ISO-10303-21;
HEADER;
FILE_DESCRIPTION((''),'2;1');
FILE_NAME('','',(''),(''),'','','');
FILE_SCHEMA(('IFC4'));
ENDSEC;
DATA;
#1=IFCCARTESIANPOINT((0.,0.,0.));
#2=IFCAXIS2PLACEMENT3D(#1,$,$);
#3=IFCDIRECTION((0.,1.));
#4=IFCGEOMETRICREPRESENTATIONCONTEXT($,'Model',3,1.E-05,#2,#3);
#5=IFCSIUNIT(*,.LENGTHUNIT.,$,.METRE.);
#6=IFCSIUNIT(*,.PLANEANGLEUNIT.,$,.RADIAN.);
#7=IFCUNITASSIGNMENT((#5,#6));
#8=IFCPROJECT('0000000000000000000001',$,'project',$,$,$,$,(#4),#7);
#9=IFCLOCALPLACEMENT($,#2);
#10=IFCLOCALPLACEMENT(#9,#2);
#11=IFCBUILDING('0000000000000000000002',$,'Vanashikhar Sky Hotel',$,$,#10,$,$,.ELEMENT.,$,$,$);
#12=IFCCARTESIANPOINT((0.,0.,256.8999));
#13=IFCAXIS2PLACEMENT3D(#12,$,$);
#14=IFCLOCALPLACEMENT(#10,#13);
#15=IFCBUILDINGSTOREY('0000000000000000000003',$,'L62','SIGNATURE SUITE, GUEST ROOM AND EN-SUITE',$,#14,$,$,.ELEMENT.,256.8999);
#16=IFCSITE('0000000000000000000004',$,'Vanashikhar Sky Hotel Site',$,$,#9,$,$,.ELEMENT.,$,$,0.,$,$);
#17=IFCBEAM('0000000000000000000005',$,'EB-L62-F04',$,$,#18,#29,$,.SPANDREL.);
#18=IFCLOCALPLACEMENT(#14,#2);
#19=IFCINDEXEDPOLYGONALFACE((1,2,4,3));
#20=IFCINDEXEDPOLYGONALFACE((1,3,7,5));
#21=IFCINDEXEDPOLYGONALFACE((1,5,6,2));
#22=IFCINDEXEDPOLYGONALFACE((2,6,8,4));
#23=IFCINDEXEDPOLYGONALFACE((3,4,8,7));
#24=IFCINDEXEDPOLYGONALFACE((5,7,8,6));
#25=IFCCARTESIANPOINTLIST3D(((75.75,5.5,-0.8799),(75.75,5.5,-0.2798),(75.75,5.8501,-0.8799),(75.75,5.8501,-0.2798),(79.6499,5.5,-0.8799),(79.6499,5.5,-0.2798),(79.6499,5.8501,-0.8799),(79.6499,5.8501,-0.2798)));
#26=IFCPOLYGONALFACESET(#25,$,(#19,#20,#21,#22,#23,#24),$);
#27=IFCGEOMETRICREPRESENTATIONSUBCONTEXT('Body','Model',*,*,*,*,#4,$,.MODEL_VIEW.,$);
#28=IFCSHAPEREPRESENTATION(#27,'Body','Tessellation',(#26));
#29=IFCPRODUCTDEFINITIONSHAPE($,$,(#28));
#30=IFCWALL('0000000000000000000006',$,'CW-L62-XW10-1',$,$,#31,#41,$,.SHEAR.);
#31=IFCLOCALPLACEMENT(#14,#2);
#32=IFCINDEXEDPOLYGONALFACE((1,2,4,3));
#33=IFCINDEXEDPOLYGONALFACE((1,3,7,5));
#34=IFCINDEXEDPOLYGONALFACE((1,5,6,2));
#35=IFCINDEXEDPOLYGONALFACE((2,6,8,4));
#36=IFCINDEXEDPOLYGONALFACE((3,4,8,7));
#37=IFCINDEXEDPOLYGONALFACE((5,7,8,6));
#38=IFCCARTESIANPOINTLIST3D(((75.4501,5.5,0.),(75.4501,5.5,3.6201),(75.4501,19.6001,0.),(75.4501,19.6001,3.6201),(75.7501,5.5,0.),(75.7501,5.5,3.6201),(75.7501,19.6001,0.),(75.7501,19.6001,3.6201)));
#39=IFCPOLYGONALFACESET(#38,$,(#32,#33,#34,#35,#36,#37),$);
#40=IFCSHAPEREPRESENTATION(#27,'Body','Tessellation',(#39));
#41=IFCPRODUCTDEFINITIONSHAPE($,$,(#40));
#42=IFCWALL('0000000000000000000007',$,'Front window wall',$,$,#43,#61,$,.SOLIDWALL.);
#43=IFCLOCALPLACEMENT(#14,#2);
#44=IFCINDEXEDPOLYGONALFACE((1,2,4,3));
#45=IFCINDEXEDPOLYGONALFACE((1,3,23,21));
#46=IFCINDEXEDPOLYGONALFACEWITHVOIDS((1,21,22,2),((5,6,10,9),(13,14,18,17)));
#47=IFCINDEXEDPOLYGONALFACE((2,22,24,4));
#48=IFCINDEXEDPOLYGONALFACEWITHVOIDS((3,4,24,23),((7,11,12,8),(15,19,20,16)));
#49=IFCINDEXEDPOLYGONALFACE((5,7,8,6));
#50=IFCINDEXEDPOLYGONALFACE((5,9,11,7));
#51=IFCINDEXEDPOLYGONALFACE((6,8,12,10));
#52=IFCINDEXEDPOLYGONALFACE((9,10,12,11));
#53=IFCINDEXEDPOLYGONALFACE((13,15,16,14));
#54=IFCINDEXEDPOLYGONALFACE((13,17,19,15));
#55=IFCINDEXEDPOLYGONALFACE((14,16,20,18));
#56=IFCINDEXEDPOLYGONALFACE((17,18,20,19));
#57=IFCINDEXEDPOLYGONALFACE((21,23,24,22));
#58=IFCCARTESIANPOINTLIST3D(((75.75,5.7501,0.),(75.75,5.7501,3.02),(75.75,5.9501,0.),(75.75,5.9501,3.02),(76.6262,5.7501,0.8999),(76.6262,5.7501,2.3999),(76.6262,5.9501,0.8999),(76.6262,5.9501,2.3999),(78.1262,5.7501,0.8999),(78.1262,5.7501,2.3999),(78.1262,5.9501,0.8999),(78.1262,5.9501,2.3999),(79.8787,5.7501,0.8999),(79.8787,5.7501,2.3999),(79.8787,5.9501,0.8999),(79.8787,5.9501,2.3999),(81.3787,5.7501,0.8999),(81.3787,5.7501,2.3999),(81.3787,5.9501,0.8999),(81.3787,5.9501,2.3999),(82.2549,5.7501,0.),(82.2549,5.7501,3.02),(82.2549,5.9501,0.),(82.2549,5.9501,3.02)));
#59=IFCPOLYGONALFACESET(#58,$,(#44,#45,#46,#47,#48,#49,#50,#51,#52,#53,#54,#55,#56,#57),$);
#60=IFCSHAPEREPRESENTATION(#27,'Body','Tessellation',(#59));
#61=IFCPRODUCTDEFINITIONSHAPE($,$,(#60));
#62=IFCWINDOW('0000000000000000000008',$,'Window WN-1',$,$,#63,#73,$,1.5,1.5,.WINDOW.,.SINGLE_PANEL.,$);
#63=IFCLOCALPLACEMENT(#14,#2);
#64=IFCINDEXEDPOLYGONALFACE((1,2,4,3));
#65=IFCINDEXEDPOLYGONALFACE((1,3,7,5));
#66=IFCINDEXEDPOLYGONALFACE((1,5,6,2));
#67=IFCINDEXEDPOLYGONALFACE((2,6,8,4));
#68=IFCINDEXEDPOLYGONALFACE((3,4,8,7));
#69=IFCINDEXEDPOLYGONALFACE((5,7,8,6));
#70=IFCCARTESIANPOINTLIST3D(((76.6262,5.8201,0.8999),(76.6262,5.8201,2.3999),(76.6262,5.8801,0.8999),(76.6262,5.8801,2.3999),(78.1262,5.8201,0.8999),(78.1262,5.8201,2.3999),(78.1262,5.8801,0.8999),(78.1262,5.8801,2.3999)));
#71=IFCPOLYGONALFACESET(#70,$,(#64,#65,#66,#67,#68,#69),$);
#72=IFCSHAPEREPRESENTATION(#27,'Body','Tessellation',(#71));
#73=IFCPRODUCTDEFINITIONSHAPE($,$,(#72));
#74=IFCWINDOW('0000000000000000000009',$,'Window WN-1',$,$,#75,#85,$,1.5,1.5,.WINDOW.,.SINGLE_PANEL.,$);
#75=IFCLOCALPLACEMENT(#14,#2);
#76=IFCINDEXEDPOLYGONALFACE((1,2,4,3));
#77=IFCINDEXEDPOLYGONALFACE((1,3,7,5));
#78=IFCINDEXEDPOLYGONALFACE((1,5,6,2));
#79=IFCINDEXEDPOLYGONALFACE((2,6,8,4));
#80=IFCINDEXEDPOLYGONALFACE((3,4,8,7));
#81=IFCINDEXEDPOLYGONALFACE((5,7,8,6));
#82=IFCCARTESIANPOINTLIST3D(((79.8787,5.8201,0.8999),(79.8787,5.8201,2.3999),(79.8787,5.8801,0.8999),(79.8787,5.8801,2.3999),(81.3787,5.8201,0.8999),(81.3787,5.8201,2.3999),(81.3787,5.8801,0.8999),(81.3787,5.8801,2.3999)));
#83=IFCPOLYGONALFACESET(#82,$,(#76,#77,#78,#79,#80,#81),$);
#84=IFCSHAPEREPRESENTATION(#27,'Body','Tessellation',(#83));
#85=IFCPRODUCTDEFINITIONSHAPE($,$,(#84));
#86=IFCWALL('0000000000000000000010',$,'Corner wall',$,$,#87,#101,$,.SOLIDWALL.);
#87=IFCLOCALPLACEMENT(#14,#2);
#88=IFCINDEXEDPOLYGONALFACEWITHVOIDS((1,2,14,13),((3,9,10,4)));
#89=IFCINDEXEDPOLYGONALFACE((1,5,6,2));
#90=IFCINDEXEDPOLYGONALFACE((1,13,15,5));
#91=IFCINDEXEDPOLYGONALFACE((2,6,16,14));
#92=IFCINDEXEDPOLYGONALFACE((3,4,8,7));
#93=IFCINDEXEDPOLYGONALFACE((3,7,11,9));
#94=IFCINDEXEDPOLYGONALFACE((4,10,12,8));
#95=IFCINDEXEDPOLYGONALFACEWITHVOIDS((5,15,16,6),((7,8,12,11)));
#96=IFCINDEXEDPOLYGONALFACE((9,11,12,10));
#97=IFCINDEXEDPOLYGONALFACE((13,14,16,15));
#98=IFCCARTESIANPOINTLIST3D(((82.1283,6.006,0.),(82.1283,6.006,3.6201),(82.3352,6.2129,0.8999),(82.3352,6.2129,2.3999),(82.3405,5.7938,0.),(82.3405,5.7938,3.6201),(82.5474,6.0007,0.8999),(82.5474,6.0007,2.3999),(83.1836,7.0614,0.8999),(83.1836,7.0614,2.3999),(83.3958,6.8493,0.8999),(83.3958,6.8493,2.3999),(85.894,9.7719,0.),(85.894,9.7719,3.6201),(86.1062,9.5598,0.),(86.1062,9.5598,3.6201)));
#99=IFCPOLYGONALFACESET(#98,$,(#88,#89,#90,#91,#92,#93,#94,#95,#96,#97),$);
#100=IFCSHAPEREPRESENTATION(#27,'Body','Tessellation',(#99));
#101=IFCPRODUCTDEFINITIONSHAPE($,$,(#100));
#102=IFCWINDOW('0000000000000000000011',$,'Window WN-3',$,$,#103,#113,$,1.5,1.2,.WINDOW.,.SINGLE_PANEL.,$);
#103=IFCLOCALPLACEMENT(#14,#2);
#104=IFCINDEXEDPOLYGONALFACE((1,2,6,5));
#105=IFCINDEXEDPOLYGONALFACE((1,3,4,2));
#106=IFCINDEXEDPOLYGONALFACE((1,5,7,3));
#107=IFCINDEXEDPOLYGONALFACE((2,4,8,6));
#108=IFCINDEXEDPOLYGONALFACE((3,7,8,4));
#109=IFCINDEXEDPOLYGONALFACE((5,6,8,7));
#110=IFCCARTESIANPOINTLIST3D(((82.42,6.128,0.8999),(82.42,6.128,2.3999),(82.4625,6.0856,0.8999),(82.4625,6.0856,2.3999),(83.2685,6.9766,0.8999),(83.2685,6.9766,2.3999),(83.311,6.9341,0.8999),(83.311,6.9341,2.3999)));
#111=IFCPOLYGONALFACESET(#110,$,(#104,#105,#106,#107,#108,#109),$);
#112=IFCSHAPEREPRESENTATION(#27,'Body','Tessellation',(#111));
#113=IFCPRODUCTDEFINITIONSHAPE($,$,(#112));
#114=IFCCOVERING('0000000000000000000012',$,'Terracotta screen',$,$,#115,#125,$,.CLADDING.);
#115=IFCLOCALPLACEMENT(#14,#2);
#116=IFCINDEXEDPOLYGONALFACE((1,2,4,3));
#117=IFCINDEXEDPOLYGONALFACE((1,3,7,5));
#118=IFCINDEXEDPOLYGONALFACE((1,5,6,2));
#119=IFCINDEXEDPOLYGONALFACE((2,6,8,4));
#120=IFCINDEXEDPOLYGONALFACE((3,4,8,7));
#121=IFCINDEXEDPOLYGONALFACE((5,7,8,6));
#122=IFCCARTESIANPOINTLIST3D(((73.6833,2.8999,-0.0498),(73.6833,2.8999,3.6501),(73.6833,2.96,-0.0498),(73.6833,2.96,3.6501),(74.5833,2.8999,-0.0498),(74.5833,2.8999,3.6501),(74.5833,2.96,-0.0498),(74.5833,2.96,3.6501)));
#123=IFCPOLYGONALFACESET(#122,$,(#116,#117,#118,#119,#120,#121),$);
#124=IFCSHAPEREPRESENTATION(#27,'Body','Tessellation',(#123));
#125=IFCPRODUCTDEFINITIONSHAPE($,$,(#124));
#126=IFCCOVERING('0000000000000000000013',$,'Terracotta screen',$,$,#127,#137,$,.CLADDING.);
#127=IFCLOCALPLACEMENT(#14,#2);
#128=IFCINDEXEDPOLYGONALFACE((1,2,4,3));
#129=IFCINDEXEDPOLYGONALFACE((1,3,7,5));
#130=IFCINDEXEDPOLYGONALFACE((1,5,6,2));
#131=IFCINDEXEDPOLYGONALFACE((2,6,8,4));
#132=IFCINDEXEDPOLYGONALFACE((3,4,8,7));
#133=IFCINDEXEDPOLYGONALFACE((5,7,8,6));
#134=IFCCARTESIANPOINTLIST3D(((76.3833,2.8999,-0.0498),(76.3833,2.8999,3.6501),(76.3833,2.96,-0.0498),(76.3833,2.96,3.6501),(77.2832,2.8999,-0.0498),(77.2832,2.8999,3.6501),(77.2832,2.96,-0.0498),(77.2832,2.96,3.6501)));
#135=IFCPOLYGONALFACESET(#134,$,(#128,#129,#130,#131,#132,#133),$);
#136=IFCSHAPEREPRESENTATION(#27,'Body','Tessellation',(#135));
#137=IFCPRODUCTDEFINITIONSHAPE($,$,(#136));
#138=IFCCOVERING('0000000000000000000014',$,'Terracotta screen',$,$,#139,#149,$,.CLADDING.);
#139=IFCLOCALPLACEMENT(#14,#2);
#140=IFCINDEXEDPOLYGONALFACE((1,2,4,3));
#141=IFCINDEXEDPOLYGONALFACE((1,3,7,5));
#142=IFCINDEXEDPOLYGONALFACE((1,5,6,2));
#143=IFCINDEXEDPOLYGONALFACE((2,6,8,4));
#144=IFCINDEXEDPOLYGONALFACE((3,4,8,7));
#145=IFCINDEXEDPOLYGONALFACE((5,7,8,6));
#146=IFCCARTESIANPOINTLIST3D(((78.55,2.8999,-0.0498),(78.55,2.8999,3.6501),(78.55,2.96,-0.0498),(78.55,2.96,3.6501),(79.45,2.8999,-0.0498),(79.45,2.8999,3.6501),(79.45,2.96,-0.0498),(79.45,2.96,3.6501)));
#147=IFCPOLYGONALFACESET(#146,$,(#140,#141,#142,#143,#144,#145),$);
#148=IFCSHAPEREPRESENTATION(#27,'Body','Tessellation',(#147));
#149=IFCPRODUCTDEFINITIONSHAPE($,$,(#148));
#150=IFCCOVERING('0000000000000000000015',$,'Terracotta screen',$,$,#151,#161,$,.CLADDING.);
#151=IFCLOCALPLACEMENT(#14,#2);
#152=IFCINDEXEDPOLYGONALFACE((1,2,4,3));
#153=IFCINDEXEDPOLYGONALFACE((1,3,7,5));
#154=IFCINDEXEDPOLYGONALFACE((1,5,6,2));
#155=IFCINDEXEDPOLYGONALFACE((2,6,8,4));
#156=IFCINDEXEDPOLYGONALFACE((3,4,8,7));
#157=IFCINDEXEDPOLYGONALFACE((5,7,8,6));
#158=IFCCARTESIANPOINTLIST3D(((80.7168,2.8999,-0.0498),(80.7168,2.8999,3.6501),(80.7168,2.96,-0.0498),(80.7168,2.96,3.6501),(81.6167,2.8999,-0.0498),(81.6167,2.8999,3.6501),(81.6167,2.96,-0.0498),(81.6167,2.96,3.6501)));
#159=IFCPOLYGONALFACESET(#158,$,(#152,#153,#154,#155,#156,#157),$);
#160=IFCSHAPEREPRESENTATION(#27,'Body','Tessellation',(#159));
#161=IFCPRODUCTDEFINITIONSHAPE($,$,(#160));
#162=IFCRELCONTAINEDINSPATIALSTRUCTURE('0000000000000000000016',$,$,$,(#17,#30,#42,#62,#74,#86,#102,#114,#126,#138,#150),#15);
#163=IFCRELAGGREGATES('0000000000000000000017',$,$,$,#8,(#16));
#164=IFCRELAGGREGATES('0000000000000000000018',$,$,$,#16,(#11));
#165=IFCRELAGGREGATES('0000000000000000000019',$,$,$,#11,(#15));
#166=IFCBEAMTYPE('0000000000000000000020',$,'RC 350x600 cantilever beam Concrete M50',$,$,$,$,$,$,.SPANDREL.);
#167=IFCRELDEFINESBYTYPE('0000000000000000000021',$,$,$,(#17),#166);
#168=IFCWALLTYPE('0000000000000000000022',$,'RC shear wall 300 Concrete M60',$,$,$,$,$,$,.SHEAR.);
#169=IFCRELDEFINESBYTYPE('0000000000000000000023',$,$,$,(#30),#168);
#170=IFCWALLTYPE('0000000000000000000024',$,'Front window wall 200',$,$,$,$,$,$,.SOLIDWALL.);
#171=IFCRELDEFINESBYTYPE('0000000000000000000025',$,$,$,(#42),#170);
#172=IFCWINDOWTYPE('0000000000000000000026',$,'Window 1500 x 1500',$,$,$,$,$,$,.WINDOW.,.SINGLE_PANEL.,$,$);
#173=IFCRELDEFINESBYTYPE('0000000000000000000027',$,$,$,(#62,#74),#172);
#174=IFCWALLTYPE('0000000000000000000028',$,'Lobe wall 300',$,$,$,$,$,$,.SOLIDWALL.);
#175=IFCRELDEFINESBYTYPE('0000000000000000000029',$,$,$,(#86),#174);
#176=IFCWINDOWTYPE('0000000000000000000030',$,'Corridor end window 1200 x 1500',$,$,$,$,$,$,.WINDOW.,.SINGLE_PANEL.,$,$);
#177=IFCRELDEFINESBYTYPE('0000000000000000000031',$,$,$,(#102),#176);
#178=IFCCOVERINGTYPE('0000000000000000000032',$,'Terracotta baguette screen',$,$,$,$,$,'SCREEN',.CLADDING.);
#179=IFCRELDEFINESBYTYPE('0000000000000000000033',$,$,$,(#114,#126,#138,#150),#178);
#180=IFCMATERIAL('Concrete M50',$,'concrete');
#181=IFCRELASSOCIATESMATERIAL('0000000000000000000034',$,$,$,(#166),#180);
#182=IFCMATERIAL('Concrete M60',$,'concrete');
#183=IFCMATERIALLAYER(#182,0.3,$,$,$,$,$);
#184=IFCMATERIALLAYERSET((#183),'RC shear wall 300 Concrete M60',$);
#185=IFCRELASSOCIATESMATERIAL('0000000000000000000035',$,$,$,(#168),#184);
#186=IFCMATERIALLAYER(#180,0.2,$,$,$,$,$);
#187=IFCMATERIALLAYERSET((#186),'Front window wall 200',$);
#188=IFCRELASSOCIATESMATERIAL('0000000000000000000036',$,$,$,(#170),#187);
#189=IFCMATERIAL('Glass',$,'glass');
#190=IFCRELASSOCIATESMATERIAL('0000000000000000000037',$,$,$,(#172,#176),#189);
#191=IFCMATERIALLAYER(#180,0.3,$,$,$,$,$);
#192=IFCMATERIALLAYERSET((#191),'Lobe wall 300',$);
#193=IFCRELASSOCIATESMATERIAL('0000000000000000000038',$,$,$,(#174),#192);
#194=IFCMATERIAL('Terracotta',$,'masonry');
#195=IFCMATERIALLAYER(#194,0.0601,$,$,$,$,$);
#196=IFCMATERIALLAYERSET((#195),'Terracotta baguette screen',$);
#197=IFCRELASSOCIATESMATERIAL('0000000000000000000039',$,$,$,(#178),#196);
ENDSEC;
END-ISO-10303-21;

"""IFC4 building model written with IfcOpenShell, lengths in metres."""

from ifc_helpers import new_model, si_unit, direction, frame, frame_2d, origin, origin_2d, place, context, subcontext, project, spatial, rectangle, extrude, source, transform, mapped, material, layer, layer_set, material_profile, profile_set, type_object, element, fill, save


model = new_model("IFC4")

# Units and contexts
model_context = context("Model", 3, precision=1e-05, world=origin(), true_north=direction((0.0, 1.0)))
body_context = subcontext(model_context, "Body", "Model", "MODEL_VIEW")
ifc_project = project(units=[si_unit("LENGTHUNIT", "METRE"), si_unit("PLANEANGLEUNIT", "RADIAN")], contexts=[model_context])

# Site, building, storey
site_placement = place(None, origin())
site = spatial("IfcSite", under=ifc_project, at=site_placement, Name="Vanashikhar Sky Hotel Site", CompositionType="ELEMENT", RefElevation=0.0)
building_placement = place(site_placement, origin())
building = spatial("IfcBuilding", under=site, at=building_placement, Name="Vanashikhar Sky Hotel", CompositionType="ELEMENT")
storey_placement = place(building_placement, frame((0.0, 0.0, 256.8999)))
storey = spatial("IfcBuildingStorey", under=building, at=storey_placement, Name="L62", Description="SIGNATURE SUITE, GUEST ROOM AND EN-SUITE", CompositionType="ELEMENT", Elevation=256.8999)

# Beam
ifc_material_1 = material(Name="Concrete M50", Category="concrete")
ifc_material_profile = material_profile(ifc_material_1, rectangle(XDim=0.3501, YDim=0.6001, at=origin_2d()))
ifc_profile_set = profile_set([ifc_material_profile], Name="RC 350x600 cantilever beam Concrete M50")
beam_type = type_object("IfcBeamType", Name="RC 350x600 cantilever beam Concrete M50", PredefinedType="SPANDREL", material=ifc_profile_set)
shared_shape_1 = source(origin(), body_context, "Body", "SweptSolid", [
    extrude(rectangle(XDim=0.3501, YDim=0.6001, at=origin_2d()), origin(), (0.0, 0.0, 1.0), 3.8999),
])
beam_placement = place(storey_placement, frame((75.75, 5.675, -0.5798), z_axis=(1.0, 0.0, 0.0), x_axis=(0.0, 1.0, 0.0)))
element("IfcBeam", 1, at=beam_placement, inside=storey, type_object=beam_type, Name="EB-L62-F04", PredefinedType="SPANDREL", context=body_context, shape_type="MappedRepresentation", body=[
    mapped(shared_shape_1, transform((0.0, 0.0, 0.0), scale=1.0)),
])

# Wall
ifc_material_2 = material(Name="Concrete M60", Category="concrete")
ifc_layer_1 = layer(ifc_material_2, 0.3)
ifc_layer_set_1 = layer_set([ifc_layer_1], Name="RC shear wall 300 Concrete M60")
wall_type_1 = type_object("IfcWallType", Name="RC shear wall 300 Concrete M60", PredefinedType="SHEAR", material=ifc_layer_set_1)
shared_shape_2 = source(origin(), body_context, "Body", "SweptSolid", [
    extrude(rectangle(XDim=14.1001, YDim=0.3, at=frame_2d((7.05, 0.0))), origin(), (0.0, 0.0, 1.0), 3.6201),
])
wall_1_placement = place(storey_placement, frame((75.6001, 5.5, 0.0), z_axis=(0.0, 0.0, 1.0), x_axis=(0.0, 1.0, 0.0)))
element("IfcWall", 2, at=wall_1_placement, inside=storey, type_object=wall_type_1, Name="CW-L62-XW10-1", PredefinedType="SHEAR", context=body_context, shape_type="MappedRepresentation", body=[
    mapped(shared_shape_2, transform((0.0, 0.0, 0.0), scale=1.0)),
])

# Wall, openings, windows
ifc_layer_2 = layer(ifc_material_1, 0.2)
ifc_layer_set_2 = layer_set([ifc_layer_2], Name="Front window wall 200")
wall_type_2 = type_object("IfcWallType", Name="Front window wall 200", PredefinedType="SOLIDWALL", material=ifc_layer_set_2)
shared_shape_3 = source(origin(), body_context, "Body", "SweptSolid", [
    extrude(rectangle(XDim=6.5049, YDim=0.2, at=frame_2d((3.2524, 0.0))), origin(), (0.0, 0.0, 1.0), 3.02),
])
wall_2_placement = place(storey_placement, frame((75.75, 5.8501, 0.0), z_axis=(0.0, 0.0, 1.0), x_axis=(1.0, 0.0, 0.0)))
wall_2 = element("IfcWall", 3, at=wall_2_placement, inside=storey, type_object=wall_type_2, Name="Front window wall", PredefinedType="SOLIDWALL", context=body_context, shape_type="MappedRepresentation", body=[
    mapped(shared_shape_3, transform((0.0, 0.0, 0.0), scale=1.0)),
])
shared_shape_4 = source(origin(), body_context, "Body", "SweptSolid", [
    extrude(rectangle(XDim=1.5, YDim=1.5, at=frame_2d((0.75, 0.75))), frame((0.0, 0.1099, 0.0), z_axis=(0.0, -1.0, 0.0), x_axis=(1.0, 0.0, 0.0)), (0.0, 0.0, 1.0), 0.22),
])
opening_1_placement = place(wall_2_placement, frame((0.8762, 0.0, 0.8999)))
opening_1 = element("IfcOpeningElement", 4, at=opening_1_placement, cuts=wall_2, PredefinedType="OPENING", context=body_context, shape_type="MappedRepresentation", body=[
    mapped(shared_shape_4, transform((0.0, 0.0, 0.0), scale=1.0)),
])
opening_2_placement = place(wall_2_placement, frame((4.1287, 0.0, 0.8999)))
opening_2 = element("IfcOpeningElement", 5, at=opening_2_placement, cuts=wall_2, PredefinedType="OPENING", context=body_context, shape_type="MappedRepresentation", body=[
    mapped(shared_shape_4, transform((0.0, 0.0, 0.0), scale=1.0)),
])
ifc_material_3 = material(Name="Glass", Category="glass")
window_type_1 = type_object("IfcWindowType", Name="Window 1500 x 1500", PartitioningType="SINGLE_PANEL", PredefinedType="WINDOW", material=ifc_material_3)
shared_shape_5 = source(origin(), body_context, "Body", "SweptSolid", [
    extrude(rectangle(XDim=1.5, YDim=1.5, at=frame_2d((0.75, 0.75))), frame((0.0, 0.03, 0.0), z_axis=(0.0, -1.0, 0.0), x_axis=(1.0, 0.0, 0.0)), (0.0, 0.0, 1.0), 0.0601),
])
window_1_placement = place(opening_1_placement, origin())
window_1 = element("IfcWindow", 6, at=window_1_placement, inside=storey, type_object=window_type_1, Name="Window WN-1", OverallHeight=1.5, OverallWidth=1.5, PartitioningType="SINGLE_PANEL", PredefinedType="WINDOW", context=body_context, shape_type="MappedRepresentation", body=[
    mapped(shared_shape_5, transform((0.0, 0.0, 0.0), scale=1.0)),
])
fill(opening_1, window_1)
window_2_placement = place(opening_2_placement, origin())
window_2 = element("IfcWindow", 7, at=window_2_placement, inside=storey, type_object=window_type_1, Name="Window WN-1", OverallHeight=1.5, OverallWidth=1.5, PartitioningType="SINGLE_PANEL", PredefinedType="WINDOW", context=body_context, shape_type="MappedRepresentation", body=[
    mapped(shared_shape_5, transform((0.0, 0.0, 0.0), scale=1.0)),
])
fill(opening_2, window_2)

# Wall, opening, window
ifc_layer_3 = layer(ifc_material_1, 0.3)
ifc_layer_set_3 = layer_set([ifc_layer_3], Name="Lobe wall 300")
wall_type_3 = type_object("IfcWallType", Name="Lobe wall 300", PredefinedType="SOLIDWALL", material=ifc_layer_set_3)
shared_shape_6 = source(origin(), body_context, "Body", "SweptSolid", [
    extrude(rectangle(XDim=5.3257, YDim=0.3, at=frame_2d((2.6628, 0.0))), origin(), (0.0, 0.0, 1.0), 3.6201),
])
wall_3_placement = place(storey_placement, frame((82.2344, 5.8999, 0.0), z_axis=(0.0, 0.0, 1.0), x_axis=(0.707084, 0.70713, 0.0)))
wall_3 = element("IfcWall", 8, at=wall_3_placement, inside=storey, type_object=wall_type_3, Name="Corner wall", PredefinedType="SOLIDWALL", context=body_context, shape_type="MappedRepresentation", body=[
    mapped(shared_shape_6, transform((0.0, 0.0, 0.0), scale=1.0)),
])
shared_shape_7 = source(origin(), body_context, "Body", "SweptSolid", [
    extrude(rectangle(XDim=1.2, YDim=1.5, at=frame_2d((0.6001, 0.75))), frame((0.0, 0.1602, 0.0), z_axis=(0.0, -1.0, 0.0), x_axis=(1.0, 0.0, 0.0)), (0.0, 0.0, 1.0), 0.3201),
])
opening_3_placement = place(wall_3_placement, frame((0.2925, 0.0, 0.8999)))
opening_3 = element("IfcOpeningElement", 9, at=opening_3_placement, cuts=wall_3, PredefinedType="OPENING", context=body_context, shape_type="MappedRepresentation", body=[
    mapped(shared_shape_7, transform((0.0, 0.0, 0.0), scale=1.0)),
])
window_type_2 = type_object("IfcWindowType", Name="Corridor end window 1200 x 1500", PartitioningType="SINGLE_PANEL", PredefinedType="WINDOW", material=ifc_material_3)
shared_shape_8 = source(origin(), body_context, "Body", "SweptSolid", [
    extrude(rectangle(XDim=1.2, YDim=1.5, at=frame_2d((0.6001, 0.75))), frame((0.0, 0.03, 0.0), z_axis=(0.0, -1.0, 0.0), x_axis=(1.0, 0.0, 0.0)), (0.0, 0.0, 1.0), 0.0601),
])
window_3_placement = place(opening_3_placement, origin())
window_3 = element("IfcWindow", 10, at=window_3_placement, inside=storey, type_object=window_type_2, Name="Window WN-3", OverallHeight=1.5, OverallWidth=1.2, PartitioningType="SINGLE_PANEL", PredefinedType="WINDOW", context=body_context, shape_type="MappedRepresentation", body=[
    mapped(shared_shape_8, transform((0.0, 0.0, 0.0), scale=1.0)),
])
fill(opening_3, window_3)

# Coverings
ifc_material_4 = material(Name="Terracotta", Category="masonry")
ifc_layer_4 = layer(ifc_material_4, 0.0601)
ifc_layer_set_4 = layer_set([ifc_layer_4], Name="Terracotta baguette screen")
covering_type = type_object("IfcCoveringType", Name="Terracotta baguette screen", ElementType="SCREEN", PredefinedType="CLADDING", material=ifc_layer_set_4)
shared_shape_9 = source(origin(), body_context, "Body", "SweptSolid", [
    extrude(rectangle(XDim=0.8999, YDim=0.0601, at=origin_2d()), origin(), (0.0, 0.0, 1.0), 3.7),
])
for number, where, z_axis, x_axis, name in (
    (11, (74.1333, 2.9299, -0.0498), (0.0, 0.0, 1.0), (1.0, 0.0, 0.0), "Terracotta screen"),
    (12, (76.8333, 2.9299, -0.0498), (0.0, 0.0, 1.0), (1.0, 0.0, 0.0), "Terracotta screen"),
    (13, (79.0, 2.9299, -0.0498), (0.0, 0.0, 1.0), (1.0, 0.0, 0.0), "Terracotta screen"),
    (14, (81.1667, 2.9299, -0.0498), (0.0, 0.0, 1.0), (1.0, 0.0, 0.0), "Terracotta screen"),
):
    element("IfcCovering", number, at=place(storey_placement, frame(where, z_axis=z_axis, x_axis=x_axis)), inside=storey, type_object=covering_type, Name=name, PredefinedType="CLADDING", context=body_context, shape_type="MappedRepresentation", body=[
        mapped(shared_shape_9, transform((0.0, 0.0, 0.0), scale=1.0)),
    ])

save(model, "model.ifc")
